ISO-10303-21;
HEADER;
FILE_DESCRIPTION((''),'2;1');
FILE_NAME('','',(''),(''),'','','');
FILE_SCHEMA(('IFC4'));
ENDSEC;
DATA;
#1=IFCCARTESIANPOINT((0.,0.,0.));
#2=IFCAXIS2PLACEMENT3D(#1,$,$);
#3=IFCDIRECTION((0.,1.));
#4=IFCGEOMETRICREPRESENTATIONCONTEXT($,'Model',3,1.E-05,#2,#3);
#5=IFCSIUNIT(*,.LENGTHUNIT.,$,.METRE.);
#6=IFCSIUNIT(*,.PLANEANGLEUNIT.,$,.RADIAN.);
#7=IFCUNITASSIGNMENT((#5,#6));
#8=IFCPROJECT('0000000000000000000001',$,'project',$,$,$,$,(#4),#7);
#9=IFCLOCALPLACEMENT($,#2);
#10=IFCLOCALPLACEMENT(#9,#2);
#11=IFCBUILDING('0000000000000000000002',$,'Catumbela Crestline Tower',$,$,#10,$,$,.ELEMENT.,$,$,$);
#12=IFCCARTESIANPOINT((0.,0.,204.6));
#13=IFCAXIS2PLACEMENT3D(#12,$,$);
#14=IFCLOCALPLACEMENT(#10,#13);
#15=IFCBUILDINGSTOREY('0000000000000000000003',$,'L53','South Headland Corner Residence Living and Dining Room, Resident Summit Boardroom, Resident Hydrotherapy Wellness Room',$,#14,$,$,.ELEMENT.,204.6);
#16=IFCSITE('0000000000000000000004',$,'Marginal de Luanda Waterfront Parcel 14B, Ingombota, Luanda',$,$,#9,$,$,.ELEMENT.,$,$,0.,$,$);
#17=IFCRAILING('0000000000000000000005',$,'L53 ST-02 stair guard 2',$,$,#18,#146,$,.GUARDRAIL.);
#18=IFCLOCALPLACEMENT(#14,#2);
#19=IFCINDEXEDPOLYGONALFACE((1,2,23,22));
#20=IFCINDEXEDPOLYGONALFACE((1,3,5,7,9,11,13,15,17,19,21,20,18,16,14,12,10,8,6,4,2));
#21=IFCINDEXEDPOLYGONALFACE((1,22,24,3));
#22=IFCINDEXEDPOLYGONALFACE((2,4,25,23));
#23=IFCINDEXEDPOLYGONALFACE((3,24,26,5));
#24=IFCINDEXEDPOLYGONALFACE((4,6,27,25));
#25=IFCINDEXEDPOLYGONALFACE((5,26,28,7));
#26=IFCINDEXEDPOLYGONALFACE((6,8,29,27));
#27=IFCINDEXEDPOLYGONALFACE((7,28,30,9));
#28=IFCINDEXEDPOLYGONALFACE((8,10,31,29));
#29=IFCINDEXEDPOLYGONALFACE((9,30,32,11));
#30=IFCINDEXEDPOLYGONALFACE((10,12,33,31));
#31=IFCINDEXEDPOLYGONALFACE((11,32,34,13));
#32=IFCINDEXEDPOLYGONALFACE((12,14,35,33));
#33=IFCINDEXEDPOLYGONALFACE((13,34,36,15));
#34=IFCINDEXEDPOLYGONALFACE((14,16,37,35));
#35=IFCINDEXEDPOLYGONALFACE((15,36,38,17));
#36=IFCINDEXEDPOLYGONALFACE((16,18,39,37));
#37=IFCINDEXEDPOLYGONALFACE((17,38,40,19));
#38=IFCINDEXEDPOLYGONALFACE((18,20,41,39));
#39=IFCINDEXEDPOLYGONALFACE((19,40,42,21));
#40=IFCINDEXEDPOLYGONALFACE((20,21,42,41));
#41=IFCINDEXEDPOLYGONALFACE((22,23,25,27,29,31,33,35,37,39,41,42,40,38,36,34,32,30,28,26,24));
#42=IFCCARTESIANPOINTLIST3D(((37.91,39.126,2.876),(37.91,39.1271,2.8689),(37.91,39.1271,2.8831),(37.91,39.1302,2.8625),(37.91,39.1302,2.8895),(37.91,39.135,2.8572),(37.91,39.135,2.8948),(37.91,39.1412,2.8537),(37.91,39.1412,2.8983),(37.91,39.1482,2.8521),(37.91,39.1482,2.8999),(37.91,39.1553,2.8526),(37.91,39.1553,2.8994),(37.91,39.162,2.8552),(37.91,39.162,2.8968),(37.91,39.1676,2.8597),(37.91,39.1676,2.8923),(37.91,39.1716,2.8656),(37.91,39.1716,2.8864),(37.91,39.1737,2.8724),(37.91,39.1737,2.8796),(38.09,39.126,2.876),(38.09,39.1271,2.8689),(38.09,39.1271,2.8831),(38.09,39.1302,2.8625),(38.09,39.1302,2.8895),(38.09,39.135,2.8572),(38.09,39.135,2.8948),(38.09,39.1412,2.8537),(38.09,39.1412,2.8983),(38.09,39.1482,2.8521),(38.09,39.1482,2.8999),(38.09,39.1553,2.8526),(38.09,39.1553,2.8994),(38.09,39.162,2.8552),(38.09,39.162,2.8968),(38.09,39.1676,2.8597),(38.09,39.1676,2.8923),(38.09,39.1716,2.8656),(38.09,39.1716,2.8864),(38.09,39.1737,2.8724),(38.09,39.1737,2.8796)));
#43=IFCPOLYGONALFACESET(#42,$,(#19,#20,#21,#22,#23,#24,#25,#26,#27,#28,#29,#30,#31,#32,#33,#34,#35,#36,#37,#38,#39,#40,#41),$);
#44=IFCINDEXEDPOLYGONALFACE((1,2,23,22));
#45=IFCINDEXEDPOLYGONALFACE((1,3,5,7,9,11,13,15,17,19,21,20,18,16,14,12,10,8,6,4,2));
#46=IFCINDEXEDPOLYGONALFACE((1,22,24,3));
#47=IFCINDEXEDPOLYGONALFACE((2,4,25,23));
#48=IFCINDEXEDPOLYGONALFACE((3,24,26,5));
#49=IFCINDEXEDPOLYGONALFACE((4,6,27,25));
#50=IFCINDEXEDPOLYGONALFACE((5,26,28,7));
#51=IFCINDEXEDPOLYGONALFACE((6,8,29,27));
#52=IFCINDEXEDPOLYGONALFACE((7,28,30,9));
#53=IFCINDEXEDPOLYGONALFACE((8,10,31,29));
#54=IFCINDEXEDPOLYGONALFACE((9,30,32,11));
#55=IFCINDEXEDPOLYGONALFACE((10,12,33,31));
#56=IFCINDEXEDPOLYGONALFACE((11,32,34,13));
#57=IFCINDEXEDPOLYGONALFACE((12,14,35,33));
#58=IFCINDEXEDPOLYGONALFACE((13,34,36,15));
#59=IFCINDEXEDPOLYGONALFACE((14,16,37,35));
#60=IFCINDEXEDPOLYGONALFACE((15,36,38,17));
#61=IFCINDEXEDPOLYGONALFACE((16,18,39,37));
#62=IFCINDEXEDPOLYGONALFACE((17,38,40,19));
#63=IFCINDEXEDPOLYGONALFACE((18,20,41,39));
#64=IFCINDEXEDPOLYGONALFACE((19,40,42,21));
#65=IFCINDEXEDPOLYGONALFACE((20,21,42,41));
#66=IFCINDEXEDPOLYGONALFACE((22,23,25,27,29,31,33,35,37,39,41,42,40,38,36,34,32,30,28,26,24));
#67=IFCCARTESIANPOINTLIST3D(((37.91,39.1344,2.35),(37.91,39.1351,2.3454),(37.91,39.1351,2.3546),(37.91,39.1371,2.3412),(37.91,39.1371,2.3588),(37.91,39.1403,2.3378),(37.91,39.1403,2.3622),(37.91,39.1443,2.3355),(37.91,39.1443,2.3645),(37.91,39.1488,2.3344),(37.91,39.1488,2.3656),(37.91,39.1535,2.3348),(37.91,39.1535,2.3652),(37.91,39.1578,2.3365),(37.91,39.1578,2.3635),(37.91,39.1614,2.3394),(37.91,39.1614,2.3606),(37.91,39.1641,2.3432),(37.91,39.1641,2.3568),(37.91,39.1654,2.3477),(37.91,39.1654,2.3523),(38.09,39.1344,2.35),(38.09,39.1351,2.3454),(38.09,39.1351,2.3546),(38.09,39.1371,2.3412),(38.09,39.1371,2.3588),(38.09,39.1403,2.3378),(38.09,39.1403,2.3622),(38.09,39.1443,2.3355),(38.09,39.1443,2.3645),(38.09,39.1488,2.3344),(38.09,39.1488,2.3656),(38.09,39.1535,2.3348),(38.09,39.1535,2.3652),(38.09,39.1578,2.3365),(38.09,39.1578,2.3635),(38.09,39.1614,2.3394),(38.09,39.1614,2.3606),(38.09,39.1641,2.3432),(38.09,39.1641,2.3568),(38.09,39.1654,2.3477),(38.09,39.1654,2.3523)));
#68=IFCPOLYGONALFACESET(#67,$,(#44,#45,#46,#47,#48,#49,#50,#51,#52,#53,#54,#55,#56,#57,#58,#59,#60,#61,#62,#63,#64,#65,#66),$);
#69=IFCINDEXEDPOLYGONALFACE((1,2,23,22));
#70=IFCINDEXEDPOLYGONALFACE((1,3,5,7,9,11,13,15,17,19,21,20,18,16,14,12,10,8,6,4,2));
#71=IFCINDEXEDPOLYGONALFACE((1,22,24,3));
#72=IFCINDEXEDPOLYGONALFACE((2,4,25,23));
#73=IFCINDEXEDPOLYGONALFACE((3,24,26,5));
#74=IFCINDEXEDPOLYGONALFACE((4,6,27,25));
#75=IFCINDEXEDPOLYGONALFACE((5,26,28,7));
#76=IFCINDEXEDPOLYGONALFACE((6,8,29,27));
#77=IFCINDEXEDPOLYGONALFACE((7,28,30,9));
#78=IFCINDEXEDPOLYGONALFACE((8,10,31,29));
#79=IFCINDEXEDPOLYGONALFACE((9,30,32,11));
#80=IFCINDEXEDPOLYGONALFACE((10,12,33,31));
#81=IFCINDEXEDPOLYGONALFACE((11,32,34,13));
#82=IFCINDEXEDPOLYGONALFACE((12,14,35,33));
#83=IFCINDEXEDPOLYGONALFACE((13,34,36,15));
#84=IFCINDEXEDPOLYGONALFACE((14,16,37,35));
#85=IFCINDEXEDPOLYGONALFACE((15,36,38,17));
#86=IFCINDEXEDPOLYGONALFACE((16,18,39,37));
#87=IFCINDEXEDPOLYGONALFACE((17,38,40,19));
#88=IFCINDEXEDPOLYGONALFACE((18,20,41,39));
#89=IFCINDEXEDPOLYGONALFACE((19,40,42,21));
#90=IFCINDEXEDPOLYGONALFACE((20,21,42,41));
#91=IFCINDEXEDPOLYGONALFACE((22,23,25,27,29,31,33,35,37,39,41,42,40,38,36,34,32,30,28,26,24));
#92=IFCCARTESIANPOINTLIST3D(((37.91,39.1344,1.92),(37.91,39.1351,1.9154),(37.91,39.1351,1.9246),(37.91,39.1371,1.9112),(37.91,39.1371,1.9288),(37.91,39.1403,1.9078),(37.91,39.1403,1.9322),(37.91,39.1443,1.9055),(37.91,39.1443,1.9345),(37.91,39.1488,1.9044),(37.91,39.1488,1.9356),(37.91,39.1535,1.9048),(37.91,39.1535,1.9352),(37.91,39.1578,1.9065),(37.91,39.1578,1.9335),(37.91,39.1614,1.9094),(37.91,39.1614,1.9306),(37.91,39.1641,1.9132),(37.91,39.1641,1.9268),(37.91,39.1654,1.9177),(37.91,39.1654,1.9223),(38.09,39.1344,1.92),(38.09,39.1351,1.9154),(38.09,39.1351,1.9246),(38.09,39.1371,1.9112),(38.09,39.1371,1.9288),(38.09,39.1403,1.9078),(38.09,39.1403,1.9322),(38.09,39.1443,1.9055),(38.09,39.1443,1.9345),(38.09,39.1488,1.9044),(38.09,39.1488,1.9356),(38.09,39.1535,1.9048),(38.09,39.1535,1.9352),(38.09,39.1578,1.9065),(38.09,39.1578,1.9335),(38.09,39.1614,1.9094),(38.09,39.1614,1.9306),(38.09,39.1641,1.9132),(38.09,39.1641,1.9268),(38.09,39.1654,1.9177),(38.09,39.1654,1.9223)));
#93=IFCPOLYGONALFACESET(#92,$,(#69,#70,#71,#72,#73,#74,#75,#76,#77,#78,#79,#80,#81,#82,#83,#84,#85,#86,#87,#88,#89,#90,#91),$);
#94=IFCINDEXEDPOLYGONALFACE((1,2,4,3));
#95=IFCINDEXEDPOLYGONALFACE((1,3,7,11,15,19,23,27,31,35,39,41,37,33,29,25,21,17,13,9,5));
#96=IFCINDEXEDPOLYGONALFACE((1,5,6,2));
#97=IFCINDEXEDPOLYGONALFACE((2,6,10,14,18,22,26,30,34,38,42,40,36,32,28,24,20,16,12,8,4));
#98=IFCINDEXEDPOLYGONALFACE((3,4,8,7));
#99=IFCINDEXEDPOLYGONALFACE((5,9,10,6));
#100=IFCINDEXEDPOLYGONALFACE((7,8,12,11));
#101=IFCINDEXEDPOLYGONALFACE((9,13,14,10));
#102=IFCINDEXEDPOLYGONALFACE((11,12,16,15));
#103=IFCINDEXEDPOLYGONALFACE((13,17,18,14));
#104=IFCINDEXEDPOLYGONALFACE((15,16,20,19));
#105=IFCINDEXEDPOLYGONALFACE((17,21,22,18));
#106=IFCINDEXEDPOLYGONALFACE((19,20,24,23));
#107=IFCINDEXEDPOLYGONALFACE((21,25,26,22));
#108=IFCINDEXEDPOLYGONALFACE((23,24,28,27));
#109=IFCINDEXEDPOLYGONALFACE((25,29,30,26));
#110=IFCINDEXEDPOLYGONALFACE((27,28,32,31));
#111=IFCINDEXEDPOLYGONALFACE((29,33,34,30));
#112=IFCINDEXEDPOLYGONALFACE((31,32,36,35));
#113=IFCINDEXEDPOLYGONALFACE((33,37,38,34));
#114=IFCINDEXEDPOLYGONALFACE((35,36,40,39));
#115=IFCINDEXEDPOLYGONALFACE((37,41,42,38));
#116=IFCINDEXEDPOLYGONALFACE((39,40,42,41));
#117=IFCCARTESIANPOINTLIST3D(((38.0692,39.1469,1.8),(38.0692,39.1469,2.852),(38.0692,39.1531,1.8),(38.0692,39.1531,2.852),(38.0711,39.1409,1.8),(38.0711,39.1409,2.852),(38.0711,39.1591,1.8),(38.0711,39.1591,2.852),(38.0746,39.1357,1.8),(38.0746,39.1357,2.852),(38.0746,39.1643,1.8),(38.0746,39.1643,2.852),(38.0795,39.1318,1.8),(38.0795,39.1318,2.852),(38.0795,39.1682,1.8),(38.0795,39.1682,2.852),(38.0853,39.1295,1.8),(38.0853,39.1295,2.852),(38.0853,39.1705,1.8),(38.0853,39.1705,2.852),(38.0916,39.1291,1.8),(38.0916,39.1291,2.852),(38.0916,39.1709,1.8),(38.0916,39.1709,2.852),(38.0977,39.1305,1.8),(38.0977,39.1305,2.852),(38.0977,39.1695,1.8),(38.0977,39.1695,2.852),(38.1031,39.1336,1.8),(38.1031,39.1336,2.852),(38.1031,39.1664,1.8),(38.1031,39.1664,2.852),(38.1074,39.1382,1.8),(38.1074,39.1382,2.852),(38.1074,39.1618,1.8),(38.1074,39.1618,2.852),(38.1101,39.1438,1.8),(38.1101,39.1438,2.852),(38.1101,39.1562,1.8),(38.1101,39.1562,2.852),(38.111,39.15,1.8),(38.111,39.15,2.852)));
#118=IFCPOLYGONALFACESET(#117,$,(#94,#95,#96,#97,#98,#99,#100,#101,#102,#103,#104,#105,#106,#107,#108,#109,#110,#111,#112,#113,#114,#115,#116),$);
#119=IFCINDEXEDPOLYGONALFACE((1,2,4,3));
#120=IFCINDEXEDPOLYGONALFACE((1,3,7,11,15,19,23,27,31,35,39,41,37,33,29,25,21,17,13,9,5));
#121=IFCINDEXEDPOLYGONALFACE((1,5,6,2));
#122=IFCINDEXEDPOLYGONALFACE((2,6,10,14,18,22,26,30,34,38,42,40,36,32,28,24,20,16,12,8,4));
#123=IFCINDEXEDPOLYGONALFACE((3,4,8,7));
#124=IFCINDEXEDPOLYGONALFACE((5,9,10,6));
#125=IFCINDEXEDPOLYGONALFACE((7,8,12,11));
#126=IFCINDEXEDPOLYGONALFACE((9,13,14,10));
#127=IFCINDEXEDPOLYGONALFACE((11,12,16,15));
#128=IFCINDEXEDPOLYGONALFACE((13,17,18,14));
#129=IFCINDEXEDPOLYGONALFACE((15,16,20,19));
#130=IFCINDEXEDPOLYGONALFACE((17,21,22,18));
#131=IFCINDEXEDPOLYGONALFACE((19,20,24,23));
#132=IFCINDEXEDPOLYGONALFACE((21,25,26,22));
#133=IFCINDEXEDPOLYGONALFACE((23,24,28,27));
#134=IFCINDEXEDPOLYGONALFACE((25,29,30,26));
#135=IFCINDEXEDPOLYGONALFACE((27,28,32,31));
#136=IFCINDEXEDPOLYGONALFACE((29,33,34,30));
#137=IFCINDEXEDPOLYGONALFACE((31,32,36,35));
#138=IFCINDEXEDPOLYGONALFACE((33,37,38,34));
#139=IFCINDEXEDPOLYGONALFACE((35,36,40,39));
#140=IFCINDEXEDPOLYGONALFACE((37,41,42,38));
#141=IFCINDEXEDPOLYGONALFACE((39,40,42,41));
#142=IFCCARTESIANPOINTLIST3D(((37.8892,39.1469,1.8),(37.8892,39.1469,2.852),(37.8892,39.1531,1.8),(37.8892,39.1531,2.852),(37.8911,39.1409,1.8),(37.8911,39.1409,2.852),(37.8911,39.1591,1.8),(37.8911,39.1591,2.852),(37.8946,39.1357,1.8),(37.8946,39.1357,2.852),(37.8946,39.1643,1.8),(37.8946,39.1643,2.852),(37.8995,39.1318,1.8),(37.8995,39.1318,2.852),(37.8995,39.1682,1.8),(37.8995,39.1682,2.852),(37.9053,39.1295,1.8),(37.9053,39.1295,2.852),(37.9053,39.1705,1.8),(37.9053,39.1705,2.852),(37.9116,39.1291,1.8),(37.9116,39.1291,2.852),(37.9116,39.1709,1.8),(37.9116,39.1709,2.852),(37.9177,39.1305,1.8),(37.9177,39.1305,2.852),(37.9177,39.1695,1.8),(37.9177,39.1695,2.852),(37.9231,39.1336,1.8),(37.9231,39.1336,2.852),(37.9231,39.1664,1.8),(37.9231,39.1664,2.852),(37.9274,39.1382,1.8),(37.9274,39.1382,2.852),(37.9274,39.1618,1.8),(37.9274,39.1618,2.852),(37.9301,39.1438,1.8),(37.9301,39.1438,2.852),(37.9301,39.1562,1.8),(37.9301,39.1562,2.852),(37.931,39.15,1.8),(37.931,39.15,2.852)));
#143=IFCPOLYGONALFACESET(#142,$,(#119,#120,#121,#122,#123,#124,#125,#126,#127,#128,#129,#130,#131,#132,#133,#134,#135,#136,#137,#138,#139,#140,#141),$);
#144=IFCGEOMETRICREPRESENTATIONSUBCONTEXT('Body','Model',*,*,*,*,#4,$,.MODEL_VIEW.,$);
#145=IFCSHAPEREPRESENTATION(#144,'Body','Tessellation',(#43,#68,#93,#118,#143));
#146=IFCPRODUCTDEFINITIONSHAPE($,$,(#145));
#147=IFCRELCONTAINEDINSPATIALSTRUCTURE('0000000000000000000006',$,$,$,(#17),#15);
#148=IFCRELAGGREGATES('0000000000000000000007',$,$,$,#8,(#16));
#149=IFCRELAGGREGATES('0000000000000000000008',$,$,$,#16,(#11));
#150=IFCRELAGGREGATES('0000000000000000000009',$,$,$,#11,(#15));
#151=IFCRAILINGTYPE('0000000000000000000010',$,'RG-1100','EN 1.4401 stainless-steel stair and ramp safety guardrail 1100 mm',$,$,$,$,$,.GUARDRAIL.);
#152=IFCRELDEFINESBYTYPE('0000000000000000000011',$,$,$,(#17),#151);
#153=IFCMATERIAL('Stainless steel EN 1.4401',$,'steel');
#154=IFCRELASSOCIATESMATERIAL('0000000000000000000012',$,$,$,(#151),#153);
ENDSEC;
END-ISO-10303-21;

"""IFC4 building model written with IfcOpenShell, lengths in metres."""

from ifc_helpers import new_model, si_unit, direction, frame, origin, origin_2d, place, context, subcontext, project, spatial, circle, extrude, material, type_object, element, save


model = new_model("IFC4")

# Units and contexts
model_context = context("Model", 3, precision=1e-05, world=origin(), true_north=direction((0.0, 1.0)))
body_context = subcontext(model_context, "Body", "Model", "MODEL_VIEW")
ifc_project = project(units=[si_unit("LENGTHUNIT", "METRE"), si_unit("PLANEANGLEUNIT", "RADIAN")], contexts=[model_context])

# Site, building, storey
site_placement = place(None, origin())
site = spatial("IfcSite", under=ifc_project, at=site_placement, Name="Marginal de Luanda Waterfront Parcel 14B, Ingombota, Luanda", CompositionType="ELEMENT", RefElevation=0.0)
building_placement = place(site_placement, origin())
building = spatial("IfcBuilding", under=site, at=building_placement, Name="Catumbela Crestline Tower", CompositionType="ELEMENT")
storey_placement = place(building_placement, frame((0.0, 0.0, 204.6)))
storey = spatial("IfcBuildingStorey", under=building, at=storey_placement, Name="L53", Description="South Headland Corner Residence Living and Dining Room, Resident Summit Boardroom, Resident Hydrotherapy Wellness Room", CompositionType="ELEMENT", Elevation=204.6)

# Shared definitions
ifc_material_1 = material(Name="Stainless steel EN 1.4401", Category="steel")

# Railing
railing_type_1 = type_object("IfcRailingType", Name="RG-1100", Description="EN 1.4401 stainless-steel stair and ramp safety guardrail 1100 mm", PredefinedType="GUARDRAIL", material=ifc_material_1)
railing_1_placement = place(storey_placement, frame((38.09, 39.15, 1.8)))
element("IfcRailing", 1, at=railing_1_placement, inside=storey, type_object=railing_type_1, Name="L53 ST-02 stair guard 2", PredefinedType="GUARDRAIL", context=body_context, shape_type="SweptSolid", body=[
    extrude(circle(Radius=0.024, at=origin_2d()), frame((0.0, 0.0, 1.076), z_axis=(-1.0, 0.0, 0.0), x_axis=(0.0, -1.0, 0.0)), (0.0, 0.0, 1.0), 0.18),
    extrude(circle(Radius=0.0156, at=origin_2d()), frame((0.0, 0.0, 0.55), z_axis=(-1.0, 0.0, 0.0), x_axis=(0.0, -1.0, 0.0)), (0.0, 0.0, 1.0), 0.18),
    extrude(circle(Radius=0.0156, at=origin_2d()), frame((0.0, 0.0, 0.12), z_axis=(-1.0, 0.0, 0.0), x_axis=(0.0, -1.0, 0.0)), (0.0, 0.0, 1.0), 0.18),
    extrude(circle(Radius=0.021, at=origin_2d()), origin(), (0.0, 0.0, 1.0), 1.052),
    extrude(circle(Radius=0.021, at=origin_2d()), frame((-0.18, 0.0, 0.0)), (0.0, 0.0, 1.0), 1.052),
])

save(model, "model.ifc")
